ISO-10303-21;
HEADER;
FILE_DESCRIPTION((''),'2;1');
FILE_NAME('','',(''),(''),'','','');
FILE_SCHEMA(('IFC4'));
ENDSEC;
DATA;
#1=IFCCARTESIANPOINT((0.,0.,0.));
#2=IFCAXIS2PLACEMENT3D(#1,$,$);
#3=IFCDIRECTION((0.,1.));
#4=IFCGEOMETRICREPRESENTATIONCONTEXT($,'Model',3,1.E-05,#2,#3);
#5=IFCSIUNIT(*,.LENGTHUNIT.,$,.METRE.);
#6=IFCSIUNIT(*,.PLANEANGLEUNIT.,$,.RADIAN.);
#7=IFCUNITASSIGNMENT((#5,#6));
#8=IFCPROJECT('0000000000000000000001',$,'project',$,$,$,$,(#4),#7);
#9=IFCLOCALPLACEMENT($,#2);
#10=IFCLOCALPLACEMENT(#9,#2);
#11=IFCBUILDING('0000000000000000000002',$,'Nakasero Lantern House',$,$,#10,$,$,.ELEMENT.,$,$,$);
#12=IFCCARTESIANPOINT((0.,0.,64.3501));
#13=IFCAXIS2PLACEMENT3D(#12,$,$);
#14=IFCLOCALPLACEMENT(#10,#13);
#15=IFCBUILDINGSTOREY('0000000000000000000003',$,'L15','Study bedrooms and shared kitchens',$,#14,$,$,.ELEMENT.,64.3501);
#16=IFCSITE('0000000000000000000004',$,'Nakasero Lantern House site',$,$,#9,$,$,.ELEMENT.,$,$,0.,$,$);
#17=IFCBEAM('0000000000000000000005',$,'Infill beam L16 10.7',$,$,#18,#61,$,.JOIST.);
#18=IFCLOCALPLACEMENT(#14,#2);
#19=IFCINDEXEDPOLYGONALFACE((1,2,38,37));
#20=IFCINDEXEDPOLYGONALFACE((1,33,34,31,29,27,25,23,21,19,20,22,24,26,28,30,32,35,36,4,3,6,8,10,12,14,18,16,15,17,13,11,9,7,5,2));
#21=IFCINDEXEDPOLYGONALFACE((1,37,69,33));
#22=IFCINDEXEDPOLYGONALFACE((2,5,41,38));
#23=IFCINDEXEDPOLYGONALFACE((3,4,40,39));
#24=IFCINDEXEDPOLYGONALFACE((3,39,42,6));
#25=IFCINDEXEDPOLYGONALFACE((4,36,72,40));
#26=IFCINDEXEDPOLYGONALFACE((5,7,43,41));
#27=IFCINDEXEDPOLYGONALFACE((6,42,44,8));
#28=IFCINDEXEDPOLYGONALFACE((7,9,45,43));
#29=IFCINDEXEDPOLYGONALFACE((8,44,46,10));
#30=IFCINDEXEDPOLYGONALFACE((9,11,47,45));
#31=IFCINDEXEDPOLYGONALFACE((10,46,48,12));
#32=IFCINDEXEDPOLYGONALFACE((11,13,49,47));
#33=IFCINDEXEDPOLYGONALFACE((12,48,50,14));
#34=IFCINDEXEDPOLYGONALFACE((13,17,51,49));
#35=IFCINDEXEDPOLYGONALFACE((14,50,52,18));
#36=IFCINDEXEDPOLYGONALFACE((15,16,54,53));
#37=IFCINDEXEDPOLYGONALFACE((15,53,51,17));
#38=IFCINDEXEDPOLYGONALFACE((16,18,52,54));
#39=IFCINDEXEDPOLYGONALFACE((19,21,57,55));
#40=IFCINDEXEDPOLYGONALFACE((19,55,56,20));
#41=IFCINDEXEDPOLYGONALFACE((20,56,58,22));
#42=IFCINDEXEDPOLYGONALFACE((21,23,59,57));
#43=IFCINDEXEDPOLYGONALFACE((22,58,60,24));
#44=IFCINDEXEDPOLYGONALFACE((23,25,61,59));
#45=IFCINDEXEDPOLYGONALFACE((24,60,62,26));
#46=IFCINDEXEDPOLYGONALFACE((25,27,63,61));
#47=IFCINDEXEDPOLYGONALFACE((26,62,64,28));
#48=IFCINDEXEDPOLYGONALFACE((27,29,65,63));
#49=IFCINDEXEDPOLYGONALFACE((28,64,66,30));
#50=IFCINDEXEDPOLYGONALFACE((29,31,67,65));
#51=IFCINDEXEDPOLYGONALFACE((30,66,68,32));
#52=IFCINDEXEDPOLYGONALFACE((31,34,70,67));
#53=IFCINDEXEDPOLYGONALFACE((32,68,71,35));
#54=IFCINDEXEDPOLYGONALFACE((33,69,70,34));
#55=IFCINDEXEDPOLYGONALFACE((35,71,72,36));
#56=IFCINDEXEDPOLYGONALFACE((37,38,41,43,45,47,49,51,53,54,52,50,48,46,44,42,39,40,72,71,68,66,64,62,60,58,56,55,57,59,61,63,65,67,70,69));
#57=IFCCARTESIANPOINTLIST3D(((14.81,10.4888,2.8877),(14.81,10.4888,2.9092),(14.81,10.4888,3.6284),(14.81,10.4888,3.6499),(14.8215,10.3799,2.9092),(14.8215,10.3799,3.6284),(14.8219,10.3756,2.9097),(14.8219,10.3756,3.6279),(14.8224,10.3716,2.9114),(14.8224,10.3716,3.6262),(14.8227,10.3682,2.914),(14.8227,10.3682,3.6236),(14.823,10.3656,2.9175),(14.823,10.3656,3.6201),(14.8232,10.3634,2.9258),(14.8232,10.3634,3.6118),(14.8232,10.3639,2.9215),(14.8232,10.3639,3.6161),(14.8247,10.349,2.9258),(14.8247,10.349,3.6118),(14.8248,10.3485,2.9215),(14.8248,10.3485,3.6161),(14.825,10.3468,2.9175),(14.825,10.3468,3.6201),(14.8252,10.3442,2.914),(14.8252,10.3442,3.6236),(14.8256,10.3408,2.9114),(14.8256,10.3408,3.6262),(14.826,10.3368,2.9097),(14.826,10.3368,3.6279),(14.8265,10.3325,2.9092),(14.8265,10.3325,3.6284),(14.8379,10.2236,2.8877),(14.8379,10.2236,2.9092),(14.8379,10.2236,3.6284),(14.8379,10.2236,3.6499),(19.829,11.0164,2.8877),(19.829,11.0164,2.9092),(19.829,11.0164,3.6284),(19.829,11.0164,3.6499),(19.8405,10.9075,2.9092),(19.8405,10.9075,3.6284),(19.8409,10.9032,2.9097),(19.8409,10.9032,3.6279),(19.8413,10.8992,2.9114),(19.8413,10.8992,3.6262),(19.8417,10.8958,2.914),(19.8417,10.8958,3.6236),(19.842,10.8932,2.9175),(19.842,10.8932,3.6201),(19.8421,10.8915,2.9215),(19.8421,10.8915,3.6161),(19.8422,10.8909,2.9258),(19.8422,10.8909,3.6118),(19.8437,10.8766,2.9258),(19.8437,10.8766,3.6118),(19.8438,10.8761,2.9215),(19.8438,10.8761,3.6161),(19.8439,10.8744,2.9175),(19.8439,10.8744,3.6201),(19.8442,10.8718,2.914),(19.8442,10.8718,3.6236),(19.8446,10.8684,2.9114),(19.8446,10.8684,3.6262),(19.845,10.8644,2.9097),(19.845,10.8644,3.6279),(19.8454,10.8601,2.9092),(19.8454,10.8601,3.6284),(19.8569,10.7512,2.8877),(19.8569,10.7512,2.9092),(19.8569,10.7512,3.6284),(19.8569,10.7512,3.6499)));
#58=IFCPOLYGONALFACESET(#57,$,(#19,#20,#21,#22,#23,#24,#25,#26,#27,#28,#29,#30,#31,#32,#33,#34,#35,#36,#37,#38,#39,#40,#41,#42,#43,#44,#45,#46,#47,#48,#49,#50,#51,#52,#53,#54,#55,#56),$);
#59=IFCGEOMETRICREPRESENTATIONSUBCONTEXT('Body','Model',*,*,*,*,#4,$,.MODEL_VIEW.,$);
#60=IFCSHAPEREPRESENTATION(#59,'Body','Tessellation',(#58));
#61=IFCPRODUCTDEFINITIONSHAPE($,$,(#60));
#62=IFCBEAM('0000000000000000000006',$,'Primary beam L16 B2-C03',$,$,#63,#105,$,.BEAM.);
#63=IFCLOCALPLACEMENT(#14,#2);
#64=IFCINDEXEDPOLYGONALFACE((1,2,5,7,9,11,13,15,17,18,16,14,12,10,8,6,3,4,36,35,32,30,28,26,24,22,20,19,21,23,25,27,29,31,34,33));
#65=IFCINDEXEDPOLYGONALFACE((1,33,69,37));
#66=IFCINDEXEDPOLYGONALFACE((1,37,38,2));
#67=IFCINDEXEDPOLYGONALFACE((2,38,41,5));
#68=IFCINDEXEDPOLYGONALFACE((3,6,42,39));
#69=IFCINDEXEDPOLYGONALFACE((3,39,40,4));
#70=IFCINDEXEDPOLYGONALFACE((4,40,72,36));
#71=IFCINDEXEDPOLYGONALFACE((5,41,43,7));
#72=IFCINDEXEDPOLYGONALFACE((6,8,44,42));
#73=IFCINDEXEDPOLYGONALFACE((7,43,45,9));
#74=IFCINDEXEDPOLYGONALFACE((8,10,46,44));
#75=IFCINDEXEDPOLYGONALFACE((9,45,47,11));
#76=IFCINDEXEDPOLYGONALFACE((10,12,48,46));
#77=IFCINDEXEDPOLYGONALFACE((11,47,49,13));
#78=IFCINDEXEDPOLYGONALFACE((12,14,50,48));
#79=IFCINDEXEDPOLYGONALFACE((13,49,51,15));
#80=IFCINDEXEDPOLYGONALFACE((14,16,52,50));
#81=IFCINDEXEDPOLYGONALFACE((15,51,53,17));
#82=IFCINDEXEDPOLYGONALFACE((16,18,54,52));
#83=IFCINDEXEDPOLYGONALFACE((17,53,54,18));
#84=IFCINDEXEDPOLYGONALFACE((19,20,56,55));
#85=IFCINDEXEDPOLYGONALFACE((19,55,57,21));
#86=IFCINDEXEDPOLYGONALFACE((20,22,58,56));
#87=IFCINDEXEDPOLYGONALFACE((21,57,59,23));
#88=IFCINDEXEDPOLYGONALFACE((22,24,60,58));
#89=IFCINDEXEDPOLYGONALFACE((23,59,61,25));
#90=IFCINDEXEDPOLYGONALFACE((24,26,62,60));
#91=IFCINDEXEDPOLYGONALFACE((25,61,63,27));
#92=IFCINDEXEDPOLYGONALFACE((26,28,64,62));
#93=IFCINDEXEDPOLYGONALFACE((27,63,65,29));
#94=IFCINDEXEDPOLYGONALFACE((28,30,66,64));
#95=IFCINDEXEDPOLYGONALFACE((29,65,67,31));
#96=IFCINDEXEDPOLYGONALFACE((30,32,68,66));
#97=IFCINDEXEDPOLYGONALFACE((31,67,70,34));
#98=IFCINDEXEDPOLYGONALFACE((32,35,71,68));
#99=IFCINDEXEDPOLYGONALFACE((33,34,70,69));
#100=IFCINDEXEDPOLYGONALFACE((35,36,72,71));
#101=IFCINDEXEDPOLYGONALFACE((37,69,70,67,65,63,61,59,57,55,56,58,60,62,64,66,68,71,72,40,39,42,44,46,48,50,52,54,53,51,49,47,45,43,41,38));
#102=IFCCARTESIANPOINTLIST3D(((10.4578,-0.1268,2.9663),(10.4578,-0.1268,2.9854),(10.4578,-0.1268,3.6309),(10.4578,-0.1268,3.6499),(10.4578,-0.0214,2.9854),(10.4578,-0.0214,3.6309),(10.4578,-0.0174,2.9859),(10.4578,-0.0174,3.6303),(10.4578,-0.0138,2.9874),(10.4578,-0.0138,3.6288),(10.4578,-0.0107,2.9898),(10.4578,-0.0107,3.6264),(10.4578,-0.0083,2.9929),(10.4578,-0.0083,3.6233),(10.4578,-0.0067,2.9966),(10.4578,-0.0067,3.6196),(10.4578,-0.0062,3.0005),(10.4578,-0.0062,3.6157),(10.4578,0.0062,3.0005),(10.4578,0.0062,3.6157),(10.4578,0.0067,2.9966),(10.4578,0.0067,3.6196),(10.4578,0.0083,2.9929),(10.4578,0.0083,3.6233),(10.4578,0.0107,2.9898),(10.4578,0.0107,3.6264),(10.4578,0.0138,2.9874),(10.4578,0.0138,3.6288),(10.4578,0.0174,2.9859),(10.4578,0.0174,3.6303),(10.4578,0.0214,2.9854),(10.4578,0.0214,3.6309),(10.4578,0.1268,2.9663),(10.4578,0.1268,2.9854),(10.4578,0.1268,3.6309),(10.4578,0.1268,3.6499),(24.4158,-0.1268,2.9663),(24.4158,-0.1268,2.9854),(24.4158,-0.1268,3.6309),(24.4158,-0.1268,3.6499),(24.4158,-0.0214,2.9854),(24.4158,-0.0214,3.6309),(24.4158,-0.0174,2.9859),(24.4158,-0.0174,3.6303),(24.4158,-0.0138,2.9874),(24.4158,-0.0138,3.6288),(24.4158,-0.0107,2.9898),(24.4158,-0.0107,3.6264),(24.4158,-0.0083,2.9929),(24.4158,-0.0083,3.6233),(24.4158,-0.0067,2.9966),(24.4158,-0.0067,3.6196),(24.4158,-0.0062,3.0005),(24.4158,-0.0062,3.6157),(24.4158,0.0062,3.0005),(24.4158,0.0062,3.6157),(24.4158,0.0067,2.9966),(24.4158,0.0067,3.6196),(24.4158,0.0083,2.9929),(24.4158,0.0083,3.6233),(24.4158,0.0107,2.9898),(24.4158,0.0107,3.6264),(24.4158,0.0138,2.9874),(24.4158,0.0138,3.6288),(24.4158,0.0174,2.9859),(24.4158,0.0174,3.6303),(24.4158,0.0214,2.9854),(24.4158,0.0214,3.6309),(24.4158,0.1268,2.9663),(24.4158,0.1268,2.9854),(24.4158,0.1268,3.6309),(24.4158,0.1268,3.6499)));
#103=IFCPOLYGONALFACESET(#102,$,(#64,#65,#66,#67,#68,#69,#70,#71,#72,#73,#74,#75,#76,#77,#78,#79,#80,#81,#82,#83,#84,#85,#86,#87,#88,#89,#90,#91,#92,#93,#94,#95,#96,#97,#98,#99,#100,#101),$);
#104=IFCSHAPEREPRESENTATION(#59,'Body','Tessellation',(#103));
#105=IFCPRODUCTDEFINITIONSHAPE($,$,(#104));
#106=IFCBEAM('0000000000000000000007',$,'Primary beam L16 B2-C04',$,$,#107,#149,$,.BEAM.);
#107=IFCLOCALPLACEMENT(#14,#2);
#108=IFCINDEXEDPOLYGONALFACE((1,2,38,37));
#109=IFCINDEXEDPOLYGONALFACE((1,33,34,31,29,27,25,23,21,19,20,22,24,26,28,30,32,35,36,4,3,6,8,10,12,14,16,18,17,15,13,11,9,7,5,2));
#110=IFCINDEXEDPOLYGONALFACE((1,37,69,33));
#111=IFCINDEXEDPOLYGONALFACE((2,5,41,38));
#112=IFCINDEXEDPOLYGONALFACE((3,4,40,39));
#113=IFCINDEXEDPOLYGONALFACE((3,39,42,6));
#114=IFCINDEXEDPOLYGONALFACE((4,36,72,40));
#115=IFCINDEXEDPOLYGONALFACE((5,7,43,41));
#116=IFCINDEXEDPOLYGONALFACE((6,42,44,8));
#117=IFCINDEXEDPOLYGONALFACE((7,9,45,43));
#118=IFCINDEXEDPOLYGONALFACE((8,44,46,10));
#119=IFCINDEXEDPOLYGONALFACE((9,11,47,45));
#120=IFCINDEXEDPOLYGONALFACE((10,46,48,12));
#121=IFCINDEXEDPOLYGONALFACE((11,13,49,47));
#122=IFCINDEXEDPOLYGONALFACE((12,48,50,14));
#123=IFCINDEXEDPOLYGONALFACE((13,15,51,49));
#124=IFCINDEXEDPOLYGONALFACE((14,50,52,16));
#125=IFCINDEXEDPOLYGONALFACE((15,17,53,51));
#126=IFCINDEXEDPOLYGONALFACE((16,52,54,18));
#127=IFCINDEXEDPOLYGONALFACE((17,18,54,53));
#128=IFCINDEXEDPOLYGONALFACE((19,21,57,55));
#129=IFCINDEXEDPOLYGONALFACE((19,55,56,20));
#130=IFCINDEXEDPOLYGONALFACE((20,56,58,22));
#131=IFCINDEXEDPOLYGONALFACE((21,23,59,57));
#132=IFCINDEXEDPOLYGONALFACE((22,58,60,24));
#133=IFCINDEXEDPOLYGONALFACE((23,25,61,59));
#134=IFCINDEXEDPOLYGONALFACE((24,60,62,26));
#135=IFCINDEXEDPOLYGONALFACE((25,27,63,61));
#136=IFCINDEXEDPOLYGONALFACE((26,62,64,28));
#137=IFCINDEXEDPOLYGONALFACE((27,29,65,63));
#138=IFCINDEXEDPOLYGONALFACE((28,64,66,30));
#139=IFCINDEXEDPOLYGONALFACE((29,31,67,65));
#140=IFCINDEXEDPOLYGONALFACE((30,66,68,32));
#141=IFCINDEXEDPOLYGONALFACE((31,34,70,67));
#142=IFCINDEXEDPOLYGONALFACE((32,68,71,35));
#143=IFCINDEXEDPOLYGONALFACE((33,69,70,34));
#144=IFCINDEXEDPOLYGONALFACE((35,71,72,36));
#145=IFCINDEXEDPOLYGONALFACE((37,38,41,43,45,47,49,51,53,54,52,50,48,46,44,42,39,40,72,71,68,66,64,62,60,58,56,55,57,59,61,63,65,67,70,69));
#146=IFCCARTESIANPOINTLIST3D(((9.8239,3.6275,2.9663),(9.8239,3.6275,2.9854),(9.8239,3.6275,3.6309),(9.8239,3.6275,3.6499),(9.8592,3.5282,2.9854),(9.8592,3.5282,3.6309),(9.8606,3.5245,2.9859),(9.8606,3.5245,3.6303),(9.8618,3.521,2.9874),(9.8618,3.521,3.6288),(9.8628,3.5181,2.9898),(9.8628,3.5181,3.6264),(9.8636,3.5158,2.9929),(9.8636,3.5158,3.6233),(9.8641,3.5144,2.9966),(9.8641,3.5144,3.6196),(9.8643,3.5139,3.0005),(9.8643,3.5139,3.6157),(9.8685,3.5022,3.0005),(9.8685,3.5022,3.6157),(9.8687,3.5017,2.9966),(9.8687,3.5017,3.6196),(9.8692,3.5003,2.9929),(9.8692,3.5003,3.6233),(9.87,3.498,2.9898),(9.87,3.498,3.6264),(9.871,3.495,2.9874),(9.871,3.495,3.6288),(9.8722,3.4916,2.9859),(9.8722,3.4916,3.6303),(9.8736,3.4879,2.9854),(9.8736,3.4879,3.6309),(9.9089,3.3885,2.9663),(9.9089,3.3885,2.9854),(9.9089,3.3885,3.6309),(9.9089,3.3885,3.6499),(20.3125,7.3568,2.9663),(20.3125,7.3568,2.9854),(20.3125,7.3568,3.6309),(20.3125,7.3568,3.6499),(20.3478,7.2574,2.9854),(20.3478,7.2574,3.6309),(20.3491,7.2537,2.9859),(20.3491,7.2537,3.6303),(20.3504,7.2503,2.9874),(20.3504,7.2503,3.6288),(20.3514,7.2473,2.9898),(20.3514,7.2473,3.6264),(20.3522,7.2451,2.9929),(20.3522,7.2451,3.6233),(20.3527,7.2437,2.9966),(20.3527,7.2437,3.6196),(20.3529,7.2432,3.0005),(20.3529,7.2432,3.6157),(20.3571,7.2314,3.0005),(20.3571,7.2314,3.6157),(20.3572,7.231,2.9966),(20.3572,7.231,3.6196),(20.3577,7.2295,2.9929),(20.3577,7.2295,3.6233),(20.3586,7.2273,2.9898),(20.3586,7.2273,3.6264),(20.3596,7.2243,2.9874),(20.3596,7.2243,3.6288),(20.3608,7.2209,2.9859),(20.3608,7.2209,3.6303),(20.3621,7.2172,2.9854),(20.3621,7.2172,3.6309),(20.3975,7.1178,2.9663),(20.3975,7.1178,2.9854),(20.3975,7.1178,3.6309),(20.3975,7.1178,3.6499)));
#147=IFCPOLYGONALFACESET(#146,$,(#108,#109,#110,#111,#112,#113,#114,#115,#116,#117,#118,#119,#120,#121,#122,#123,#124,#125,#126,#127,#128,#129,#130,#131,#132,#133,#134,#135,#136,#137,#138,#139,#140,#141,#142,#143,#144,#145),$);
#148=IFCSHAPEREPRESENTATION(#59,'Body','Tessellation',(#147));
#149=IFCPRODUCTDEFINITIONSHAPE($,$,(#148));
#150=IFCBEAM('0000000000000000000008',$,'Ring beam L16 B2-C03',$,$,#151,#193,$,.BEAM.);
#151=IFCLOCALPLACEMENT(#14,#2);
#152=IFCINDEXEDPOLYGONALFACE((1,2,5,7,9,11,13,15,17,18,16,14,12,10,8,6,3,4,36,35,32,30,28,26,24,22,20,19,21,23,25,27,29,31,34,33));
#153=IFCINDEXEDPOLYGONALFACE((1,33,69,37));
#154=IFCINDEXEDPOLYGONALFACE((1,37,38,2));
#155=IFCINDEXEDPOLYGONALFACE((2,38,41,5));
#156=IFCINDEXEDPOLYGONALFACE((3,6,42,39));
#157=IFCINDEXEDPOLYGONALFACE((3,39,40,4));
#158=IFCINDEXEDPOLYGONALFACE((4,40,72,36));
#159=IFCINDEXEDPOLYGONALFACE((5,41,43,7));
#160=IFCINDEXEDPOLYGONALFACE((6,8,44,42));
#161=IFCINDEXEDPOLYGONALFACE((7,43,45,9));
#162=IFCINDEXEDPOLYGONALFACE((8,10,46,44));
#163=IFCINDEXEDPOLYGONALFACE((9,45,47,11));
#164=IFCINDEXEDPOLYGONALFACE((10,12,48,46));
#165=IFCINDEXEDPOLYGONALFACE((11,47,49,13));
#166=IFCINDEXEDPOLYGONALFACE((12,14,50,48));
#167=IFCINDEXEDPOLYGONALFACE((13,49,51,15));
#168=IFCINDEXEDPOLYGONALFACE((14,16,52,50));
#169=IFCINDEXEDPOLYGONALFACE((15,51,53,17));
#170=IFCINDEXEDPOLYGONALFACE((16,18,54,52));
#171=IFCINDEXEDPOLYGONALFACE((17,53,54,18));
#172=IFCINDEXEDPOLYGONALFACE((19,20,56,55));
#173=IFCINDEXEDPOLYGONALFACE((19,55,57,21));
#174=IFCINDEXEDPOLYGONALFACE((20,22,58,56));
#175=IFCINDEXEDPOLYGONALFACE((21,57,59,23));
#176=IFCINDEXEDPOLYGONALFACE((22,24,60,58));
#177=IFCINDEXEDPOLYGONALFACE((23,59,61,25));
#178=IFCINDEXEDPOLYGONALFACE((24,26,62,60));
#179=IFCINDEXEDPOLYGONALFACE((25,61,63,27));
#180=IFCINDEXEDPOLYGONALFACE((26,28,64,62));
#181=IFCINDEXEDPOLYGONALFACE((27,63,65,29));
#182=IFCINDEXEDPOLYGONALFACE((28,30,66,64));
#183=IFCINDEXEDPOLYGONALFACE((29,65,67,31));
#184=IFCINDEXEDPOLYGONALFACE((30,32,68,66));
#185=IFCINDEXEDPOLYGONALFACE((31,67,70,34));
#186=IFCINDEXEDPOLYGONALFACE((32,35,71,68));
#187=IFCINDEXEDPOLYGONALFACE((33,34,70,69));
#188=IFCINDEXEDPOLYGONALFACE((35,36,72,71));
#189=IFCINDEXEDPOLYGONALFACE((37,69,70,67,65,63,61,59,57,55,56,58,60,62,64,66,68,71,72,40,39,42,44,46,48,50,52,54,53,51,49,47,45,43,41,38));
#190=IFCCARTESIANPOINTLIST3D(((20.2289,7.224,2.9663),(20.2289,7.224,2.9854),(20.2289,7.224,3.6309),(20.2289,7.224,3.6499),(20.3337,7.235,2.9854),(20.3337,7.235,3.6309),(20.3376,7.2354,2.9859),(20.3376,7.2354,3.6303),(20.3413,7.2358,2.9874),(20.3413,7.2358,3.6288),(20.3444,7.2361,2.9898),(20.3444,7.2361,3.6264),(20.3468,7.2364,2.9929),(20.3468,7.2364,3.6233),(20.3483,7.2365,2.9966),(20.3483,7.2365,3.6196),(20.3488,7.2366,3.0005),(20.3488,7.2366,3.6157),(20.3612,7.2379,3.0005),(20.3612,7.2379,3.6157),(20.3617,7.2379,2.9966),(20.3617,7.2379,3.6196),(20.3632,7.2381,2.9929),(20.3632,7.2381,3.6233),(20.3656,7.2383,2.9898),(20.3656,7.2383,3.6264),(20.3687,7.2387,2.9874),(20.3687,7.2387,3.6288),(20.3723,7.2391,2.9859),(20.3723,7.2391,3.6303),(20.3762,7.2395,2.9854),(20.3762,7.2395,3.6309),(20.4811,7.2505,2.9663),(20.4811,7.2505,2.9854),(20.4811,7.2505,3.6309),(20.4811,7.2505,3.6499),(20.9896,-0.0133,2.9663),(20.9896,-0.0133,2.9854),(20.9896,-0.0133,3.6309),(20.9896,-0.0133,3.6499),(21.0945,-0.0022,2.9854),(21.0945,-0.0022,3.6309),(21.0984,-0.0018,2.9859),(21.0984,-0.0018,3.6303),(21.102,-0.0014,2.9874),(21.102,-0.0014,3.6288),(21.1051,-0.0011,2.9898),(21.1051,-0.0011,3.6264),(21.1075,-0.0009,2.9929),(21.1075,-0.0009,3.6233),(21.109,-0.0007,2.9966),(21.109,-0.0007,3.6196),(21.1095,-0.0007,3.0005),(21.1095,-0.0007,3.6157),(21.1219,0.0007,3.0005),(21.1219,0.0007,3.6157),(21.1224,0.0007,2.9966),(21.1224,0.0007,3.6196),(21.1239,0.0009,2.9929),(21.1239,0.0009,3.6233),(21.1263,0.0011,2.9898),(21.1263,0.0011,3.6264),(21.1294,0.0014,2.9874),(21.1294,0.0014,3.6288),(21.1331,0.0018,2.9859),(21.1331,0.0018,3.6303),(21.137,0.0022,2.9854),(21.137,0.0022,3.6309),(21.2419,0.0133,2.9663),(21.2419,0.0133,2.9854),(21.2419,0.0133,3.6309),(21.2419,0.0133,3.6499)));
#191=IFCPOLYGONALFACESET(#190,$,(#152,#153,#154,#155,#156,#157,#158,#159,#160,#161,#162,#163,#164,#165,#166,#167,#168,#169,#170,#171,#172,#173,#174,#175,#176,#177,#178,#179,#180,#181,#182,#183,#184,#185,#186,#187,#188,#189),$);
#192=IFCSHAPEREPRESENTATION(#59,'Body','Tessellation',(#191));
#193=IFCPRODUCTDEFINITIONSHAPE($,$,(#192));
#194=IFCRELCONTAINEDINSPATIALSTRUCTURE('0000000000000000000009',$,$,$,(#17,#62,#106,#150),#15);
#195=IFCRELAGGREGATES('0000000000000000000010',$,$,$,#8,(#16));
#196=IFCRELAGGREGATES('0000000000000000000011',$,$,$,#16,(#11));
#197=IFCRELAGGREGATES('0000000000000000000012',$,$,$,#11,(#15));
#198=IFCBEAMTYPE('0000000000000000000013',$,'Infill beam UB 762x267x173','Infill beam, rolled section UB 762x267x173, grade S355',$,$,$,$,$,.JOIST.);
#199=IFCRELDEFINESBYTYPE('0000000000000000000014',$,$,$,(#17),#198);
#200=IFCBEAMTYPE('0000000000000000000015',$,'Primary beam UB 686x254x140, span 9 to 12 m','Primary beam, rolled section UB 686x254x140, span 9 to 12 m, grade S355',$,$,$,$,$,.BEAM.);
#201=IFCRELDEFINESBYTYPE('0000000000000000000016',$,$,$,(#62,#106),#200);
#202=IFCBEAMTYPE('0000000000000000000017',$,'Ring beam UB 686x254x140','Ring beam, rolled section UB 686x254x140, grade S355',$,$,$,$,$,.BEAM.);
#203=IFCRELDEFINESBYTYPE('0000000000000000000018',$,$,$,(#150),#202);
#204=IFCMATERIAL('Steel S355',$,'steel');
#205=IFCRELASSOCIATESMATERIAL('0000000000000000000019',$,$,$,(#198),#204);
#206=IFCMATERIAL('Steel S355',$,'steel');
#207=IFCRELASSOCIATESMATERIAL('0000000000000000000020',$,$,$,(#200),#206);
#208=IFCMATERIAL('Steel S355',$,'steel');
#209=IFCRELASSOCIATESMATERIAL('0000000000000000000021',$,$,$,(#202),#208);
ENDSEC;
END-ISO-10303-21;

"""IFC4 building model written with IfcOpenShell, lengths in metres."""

from ifc_helpers import new_model, si_unit, direction, frame, origin, origin_2d, place, context, subcontext, project, spatial, i_section, extrude, material, material_profile, profile_set, type_object, element, save


model = new_model("IFC4")

# Units and contexts
model_context = context("Model", 3, precision=1e-05, world=origin(), true_north=direction((0.0, 1.0)))
body_context = subcontext(model_context, "Body", "Model", "MODEL_VIEW")
ifc_project = project(units=[si_unit("LENGTHUNIT", "METRE"), si_unit("PLANEANGLEUNIT", "RADIAN")], contexts=[model_context])

# Site, building, storey
site_placement = place(None, origin())
site = spatial("IfcSite", under=ifc_project, at=site_placement, Name="Nakasero Lantern House site", CompositionType="ELEMENT", RefElevation=0.0)
building_placement = place(site_placement, origin())
building = spatial("IfcBuilding", under=site, at=building_placement, Name="Nakasero Lantern House", CompositionType="ELEMENT")
storey_placement = place(building_placement, frame((0.0, 0.0, 64.3501)))
storey = spatial("IfcBuildingStorey", under=building, at=storey_placement, Name="L15", Description="Study bedrooms and shared kitchens", CompositionType="ELEMENT", Elevation=64.3501)

# Beams
ifc_material_1 = material(Name="Steel S355", Category="steel")
ifc_material_profile_1 = material_profile(ifc_material_1, i_section(OverallWidth=0.2666, OverallDepth=0.7622, WebThickness=0.0144, FlangeThickness=0.0215, FilletRadius=0.0166, at=origin_2d()), Name="UB 762x267x173")
ifc_profile_set_1 = profile_set([ifc_material_profile_1], Name="Steel S355")
beam_type_1 = type_object("IfcBeamType", Name="Infill beam UB 762x267x173", Description="Infill beam, rolled section UB 762x267x173, grade S355", PredefinedType="JOIST", material=ifc_profile_set_1)
beam_1_placement = place(storey_placement, frame((14.824, 10.3562, 3.2688), z_axis=(0.994521, 0.104541, 0.0), x_axis=(-0.104541, 0.994521, 0.0)))
element("IfcBeam", 1, at=beam_1_placement, inside=storey, type_object=beam_type_1, Name="Infill beam L16 10.7", PredefinedType="JOIST", context=body_context, shape_type="SweptSolid", body=[
    extrude(i_section(OverallWidth=0.2666, OverallDepth=0.7622, WebThickness=0.0144, FlangeThickness=0.0215, FilletRadius=0.0166, at=origin_2d()), origin(), (0.0, 0.0, 1.0), 5.0466),
])
ifc_material_2 = material(Name="Steel S355", Category="steel")
ifc_material_profile_2 = material_profile(ifc_material_2, i_section(OverallWidth=0.2537, OverallDepth=0.6836, WebThickness=0.0125, FlangeThickness=0.019, FilletRadius=0.0151, at=origin_2d()), Name="UB 686x254x140")
ifc_profile_set_2 = profile_set([ifc_material_profile_2], Name="Steel S355")
beam_type_2 = type_object("IfcBeamType", Name="Primary beam UB 686x254x140, span 9 to 12 m", Description="Primary beam, rolled section UB 686x254x140, span 9 to 12 m, grade S355", PredefinedType="BEAM", material=ifc_profile_set_2)
beam_2_placement = place(storey_placement, frame((24.4158, 0.0, 3.3081), z_axis=(-1.0, 0.0, 0.0), x_axis=(0.0, -1.0, 0.0)))
element("IfcBeam", 2, at=beam_2_placement, inside=storey, type_object=beam_type_2, Name="Primary beam L16 B2-C03", PredefinedType="BEAM", context=body_context, shape_type="SweptSolid", body=[
    extrude(i_section(OverallWidth=0.2537, OverallDepth=0.6836, WebThickness=0.0125, FlangeThickness=0.019, FilletRadius=0.0151, at=origin_2d()), origin(), (0.0, 0.0, 1.0), 13.958),
])
beam_3_placement = place(storey_placement, frame((20.355, 7.2373, 3.3081), z_axis=(-0.942215, -0.335009, 0.0), x_axis=(0.335009, -0.942215, 0.0)))
element("IfcBeam", 3, at=beam_3_placement, inside=storey, type_object=beam_type_2, Name="Primary beam L16 B2-C04", PredefinedType="BEAM", context=body_context, shape_type="SweptSolid", body=[
    extrude(i_section(OverallWidth=0.2537, OverallDepth=0.6836, WebThickness=0.0125, FlangeThickness=0.019, FilletRadius=0.0151, at=origin_2d()), origin(), (0.0, 0.0, 1.0), 11.1318),
])
ifc_material_3 = material(Name="Steel S355", Category="steel")
ifc_material_profile_3 = material_profile(ifc_material_3, i_section(OverallWidth=0.2537, OverallDepth=0.6836, WebThickness=0.0125, FlangeThickness=0.019, FilletRadius=0.0151, at=origin_2d()), Name="UB 686x254x140")
ifc_profile_set_3 = profile_set([ifc_material_profile_3], Name="Steel S355")
beam_type_3 = type_object("IfcBeamType", Name="Ring beam UB 686x254x140", Description="Ring beam, rolled section UB 686x254x140, grade S355", PredefinedType="BEAM", material=ifc_profile_set_3)
beam_4_placement = place(storey_placement, frame((21.1157, 0.0, 3.3081), z_axis=(-0.104538, 0.994521, 0.0), x_axis=(-0.994521, -0.104538, 0.0)))
element("IfcBeam", 4, at=beam_4_placement, inside=storey, type_object=beam_type_3, Name="Ring beam L16 B2-C03", PredefinedType="BEAM", context=body_context, shape_type="SweptSolid", body=[
    extrude(i_section(OverallWidth=0.2537, OverallDepth=0.6836, WebThickness=0.0125, FlangeThickness=0.019, FilletRadius=0.0151, at=origin_2d()), origin(), (0.0, 0.0, 1.0), 7.2771),
])

save(model, "model.ifc")
